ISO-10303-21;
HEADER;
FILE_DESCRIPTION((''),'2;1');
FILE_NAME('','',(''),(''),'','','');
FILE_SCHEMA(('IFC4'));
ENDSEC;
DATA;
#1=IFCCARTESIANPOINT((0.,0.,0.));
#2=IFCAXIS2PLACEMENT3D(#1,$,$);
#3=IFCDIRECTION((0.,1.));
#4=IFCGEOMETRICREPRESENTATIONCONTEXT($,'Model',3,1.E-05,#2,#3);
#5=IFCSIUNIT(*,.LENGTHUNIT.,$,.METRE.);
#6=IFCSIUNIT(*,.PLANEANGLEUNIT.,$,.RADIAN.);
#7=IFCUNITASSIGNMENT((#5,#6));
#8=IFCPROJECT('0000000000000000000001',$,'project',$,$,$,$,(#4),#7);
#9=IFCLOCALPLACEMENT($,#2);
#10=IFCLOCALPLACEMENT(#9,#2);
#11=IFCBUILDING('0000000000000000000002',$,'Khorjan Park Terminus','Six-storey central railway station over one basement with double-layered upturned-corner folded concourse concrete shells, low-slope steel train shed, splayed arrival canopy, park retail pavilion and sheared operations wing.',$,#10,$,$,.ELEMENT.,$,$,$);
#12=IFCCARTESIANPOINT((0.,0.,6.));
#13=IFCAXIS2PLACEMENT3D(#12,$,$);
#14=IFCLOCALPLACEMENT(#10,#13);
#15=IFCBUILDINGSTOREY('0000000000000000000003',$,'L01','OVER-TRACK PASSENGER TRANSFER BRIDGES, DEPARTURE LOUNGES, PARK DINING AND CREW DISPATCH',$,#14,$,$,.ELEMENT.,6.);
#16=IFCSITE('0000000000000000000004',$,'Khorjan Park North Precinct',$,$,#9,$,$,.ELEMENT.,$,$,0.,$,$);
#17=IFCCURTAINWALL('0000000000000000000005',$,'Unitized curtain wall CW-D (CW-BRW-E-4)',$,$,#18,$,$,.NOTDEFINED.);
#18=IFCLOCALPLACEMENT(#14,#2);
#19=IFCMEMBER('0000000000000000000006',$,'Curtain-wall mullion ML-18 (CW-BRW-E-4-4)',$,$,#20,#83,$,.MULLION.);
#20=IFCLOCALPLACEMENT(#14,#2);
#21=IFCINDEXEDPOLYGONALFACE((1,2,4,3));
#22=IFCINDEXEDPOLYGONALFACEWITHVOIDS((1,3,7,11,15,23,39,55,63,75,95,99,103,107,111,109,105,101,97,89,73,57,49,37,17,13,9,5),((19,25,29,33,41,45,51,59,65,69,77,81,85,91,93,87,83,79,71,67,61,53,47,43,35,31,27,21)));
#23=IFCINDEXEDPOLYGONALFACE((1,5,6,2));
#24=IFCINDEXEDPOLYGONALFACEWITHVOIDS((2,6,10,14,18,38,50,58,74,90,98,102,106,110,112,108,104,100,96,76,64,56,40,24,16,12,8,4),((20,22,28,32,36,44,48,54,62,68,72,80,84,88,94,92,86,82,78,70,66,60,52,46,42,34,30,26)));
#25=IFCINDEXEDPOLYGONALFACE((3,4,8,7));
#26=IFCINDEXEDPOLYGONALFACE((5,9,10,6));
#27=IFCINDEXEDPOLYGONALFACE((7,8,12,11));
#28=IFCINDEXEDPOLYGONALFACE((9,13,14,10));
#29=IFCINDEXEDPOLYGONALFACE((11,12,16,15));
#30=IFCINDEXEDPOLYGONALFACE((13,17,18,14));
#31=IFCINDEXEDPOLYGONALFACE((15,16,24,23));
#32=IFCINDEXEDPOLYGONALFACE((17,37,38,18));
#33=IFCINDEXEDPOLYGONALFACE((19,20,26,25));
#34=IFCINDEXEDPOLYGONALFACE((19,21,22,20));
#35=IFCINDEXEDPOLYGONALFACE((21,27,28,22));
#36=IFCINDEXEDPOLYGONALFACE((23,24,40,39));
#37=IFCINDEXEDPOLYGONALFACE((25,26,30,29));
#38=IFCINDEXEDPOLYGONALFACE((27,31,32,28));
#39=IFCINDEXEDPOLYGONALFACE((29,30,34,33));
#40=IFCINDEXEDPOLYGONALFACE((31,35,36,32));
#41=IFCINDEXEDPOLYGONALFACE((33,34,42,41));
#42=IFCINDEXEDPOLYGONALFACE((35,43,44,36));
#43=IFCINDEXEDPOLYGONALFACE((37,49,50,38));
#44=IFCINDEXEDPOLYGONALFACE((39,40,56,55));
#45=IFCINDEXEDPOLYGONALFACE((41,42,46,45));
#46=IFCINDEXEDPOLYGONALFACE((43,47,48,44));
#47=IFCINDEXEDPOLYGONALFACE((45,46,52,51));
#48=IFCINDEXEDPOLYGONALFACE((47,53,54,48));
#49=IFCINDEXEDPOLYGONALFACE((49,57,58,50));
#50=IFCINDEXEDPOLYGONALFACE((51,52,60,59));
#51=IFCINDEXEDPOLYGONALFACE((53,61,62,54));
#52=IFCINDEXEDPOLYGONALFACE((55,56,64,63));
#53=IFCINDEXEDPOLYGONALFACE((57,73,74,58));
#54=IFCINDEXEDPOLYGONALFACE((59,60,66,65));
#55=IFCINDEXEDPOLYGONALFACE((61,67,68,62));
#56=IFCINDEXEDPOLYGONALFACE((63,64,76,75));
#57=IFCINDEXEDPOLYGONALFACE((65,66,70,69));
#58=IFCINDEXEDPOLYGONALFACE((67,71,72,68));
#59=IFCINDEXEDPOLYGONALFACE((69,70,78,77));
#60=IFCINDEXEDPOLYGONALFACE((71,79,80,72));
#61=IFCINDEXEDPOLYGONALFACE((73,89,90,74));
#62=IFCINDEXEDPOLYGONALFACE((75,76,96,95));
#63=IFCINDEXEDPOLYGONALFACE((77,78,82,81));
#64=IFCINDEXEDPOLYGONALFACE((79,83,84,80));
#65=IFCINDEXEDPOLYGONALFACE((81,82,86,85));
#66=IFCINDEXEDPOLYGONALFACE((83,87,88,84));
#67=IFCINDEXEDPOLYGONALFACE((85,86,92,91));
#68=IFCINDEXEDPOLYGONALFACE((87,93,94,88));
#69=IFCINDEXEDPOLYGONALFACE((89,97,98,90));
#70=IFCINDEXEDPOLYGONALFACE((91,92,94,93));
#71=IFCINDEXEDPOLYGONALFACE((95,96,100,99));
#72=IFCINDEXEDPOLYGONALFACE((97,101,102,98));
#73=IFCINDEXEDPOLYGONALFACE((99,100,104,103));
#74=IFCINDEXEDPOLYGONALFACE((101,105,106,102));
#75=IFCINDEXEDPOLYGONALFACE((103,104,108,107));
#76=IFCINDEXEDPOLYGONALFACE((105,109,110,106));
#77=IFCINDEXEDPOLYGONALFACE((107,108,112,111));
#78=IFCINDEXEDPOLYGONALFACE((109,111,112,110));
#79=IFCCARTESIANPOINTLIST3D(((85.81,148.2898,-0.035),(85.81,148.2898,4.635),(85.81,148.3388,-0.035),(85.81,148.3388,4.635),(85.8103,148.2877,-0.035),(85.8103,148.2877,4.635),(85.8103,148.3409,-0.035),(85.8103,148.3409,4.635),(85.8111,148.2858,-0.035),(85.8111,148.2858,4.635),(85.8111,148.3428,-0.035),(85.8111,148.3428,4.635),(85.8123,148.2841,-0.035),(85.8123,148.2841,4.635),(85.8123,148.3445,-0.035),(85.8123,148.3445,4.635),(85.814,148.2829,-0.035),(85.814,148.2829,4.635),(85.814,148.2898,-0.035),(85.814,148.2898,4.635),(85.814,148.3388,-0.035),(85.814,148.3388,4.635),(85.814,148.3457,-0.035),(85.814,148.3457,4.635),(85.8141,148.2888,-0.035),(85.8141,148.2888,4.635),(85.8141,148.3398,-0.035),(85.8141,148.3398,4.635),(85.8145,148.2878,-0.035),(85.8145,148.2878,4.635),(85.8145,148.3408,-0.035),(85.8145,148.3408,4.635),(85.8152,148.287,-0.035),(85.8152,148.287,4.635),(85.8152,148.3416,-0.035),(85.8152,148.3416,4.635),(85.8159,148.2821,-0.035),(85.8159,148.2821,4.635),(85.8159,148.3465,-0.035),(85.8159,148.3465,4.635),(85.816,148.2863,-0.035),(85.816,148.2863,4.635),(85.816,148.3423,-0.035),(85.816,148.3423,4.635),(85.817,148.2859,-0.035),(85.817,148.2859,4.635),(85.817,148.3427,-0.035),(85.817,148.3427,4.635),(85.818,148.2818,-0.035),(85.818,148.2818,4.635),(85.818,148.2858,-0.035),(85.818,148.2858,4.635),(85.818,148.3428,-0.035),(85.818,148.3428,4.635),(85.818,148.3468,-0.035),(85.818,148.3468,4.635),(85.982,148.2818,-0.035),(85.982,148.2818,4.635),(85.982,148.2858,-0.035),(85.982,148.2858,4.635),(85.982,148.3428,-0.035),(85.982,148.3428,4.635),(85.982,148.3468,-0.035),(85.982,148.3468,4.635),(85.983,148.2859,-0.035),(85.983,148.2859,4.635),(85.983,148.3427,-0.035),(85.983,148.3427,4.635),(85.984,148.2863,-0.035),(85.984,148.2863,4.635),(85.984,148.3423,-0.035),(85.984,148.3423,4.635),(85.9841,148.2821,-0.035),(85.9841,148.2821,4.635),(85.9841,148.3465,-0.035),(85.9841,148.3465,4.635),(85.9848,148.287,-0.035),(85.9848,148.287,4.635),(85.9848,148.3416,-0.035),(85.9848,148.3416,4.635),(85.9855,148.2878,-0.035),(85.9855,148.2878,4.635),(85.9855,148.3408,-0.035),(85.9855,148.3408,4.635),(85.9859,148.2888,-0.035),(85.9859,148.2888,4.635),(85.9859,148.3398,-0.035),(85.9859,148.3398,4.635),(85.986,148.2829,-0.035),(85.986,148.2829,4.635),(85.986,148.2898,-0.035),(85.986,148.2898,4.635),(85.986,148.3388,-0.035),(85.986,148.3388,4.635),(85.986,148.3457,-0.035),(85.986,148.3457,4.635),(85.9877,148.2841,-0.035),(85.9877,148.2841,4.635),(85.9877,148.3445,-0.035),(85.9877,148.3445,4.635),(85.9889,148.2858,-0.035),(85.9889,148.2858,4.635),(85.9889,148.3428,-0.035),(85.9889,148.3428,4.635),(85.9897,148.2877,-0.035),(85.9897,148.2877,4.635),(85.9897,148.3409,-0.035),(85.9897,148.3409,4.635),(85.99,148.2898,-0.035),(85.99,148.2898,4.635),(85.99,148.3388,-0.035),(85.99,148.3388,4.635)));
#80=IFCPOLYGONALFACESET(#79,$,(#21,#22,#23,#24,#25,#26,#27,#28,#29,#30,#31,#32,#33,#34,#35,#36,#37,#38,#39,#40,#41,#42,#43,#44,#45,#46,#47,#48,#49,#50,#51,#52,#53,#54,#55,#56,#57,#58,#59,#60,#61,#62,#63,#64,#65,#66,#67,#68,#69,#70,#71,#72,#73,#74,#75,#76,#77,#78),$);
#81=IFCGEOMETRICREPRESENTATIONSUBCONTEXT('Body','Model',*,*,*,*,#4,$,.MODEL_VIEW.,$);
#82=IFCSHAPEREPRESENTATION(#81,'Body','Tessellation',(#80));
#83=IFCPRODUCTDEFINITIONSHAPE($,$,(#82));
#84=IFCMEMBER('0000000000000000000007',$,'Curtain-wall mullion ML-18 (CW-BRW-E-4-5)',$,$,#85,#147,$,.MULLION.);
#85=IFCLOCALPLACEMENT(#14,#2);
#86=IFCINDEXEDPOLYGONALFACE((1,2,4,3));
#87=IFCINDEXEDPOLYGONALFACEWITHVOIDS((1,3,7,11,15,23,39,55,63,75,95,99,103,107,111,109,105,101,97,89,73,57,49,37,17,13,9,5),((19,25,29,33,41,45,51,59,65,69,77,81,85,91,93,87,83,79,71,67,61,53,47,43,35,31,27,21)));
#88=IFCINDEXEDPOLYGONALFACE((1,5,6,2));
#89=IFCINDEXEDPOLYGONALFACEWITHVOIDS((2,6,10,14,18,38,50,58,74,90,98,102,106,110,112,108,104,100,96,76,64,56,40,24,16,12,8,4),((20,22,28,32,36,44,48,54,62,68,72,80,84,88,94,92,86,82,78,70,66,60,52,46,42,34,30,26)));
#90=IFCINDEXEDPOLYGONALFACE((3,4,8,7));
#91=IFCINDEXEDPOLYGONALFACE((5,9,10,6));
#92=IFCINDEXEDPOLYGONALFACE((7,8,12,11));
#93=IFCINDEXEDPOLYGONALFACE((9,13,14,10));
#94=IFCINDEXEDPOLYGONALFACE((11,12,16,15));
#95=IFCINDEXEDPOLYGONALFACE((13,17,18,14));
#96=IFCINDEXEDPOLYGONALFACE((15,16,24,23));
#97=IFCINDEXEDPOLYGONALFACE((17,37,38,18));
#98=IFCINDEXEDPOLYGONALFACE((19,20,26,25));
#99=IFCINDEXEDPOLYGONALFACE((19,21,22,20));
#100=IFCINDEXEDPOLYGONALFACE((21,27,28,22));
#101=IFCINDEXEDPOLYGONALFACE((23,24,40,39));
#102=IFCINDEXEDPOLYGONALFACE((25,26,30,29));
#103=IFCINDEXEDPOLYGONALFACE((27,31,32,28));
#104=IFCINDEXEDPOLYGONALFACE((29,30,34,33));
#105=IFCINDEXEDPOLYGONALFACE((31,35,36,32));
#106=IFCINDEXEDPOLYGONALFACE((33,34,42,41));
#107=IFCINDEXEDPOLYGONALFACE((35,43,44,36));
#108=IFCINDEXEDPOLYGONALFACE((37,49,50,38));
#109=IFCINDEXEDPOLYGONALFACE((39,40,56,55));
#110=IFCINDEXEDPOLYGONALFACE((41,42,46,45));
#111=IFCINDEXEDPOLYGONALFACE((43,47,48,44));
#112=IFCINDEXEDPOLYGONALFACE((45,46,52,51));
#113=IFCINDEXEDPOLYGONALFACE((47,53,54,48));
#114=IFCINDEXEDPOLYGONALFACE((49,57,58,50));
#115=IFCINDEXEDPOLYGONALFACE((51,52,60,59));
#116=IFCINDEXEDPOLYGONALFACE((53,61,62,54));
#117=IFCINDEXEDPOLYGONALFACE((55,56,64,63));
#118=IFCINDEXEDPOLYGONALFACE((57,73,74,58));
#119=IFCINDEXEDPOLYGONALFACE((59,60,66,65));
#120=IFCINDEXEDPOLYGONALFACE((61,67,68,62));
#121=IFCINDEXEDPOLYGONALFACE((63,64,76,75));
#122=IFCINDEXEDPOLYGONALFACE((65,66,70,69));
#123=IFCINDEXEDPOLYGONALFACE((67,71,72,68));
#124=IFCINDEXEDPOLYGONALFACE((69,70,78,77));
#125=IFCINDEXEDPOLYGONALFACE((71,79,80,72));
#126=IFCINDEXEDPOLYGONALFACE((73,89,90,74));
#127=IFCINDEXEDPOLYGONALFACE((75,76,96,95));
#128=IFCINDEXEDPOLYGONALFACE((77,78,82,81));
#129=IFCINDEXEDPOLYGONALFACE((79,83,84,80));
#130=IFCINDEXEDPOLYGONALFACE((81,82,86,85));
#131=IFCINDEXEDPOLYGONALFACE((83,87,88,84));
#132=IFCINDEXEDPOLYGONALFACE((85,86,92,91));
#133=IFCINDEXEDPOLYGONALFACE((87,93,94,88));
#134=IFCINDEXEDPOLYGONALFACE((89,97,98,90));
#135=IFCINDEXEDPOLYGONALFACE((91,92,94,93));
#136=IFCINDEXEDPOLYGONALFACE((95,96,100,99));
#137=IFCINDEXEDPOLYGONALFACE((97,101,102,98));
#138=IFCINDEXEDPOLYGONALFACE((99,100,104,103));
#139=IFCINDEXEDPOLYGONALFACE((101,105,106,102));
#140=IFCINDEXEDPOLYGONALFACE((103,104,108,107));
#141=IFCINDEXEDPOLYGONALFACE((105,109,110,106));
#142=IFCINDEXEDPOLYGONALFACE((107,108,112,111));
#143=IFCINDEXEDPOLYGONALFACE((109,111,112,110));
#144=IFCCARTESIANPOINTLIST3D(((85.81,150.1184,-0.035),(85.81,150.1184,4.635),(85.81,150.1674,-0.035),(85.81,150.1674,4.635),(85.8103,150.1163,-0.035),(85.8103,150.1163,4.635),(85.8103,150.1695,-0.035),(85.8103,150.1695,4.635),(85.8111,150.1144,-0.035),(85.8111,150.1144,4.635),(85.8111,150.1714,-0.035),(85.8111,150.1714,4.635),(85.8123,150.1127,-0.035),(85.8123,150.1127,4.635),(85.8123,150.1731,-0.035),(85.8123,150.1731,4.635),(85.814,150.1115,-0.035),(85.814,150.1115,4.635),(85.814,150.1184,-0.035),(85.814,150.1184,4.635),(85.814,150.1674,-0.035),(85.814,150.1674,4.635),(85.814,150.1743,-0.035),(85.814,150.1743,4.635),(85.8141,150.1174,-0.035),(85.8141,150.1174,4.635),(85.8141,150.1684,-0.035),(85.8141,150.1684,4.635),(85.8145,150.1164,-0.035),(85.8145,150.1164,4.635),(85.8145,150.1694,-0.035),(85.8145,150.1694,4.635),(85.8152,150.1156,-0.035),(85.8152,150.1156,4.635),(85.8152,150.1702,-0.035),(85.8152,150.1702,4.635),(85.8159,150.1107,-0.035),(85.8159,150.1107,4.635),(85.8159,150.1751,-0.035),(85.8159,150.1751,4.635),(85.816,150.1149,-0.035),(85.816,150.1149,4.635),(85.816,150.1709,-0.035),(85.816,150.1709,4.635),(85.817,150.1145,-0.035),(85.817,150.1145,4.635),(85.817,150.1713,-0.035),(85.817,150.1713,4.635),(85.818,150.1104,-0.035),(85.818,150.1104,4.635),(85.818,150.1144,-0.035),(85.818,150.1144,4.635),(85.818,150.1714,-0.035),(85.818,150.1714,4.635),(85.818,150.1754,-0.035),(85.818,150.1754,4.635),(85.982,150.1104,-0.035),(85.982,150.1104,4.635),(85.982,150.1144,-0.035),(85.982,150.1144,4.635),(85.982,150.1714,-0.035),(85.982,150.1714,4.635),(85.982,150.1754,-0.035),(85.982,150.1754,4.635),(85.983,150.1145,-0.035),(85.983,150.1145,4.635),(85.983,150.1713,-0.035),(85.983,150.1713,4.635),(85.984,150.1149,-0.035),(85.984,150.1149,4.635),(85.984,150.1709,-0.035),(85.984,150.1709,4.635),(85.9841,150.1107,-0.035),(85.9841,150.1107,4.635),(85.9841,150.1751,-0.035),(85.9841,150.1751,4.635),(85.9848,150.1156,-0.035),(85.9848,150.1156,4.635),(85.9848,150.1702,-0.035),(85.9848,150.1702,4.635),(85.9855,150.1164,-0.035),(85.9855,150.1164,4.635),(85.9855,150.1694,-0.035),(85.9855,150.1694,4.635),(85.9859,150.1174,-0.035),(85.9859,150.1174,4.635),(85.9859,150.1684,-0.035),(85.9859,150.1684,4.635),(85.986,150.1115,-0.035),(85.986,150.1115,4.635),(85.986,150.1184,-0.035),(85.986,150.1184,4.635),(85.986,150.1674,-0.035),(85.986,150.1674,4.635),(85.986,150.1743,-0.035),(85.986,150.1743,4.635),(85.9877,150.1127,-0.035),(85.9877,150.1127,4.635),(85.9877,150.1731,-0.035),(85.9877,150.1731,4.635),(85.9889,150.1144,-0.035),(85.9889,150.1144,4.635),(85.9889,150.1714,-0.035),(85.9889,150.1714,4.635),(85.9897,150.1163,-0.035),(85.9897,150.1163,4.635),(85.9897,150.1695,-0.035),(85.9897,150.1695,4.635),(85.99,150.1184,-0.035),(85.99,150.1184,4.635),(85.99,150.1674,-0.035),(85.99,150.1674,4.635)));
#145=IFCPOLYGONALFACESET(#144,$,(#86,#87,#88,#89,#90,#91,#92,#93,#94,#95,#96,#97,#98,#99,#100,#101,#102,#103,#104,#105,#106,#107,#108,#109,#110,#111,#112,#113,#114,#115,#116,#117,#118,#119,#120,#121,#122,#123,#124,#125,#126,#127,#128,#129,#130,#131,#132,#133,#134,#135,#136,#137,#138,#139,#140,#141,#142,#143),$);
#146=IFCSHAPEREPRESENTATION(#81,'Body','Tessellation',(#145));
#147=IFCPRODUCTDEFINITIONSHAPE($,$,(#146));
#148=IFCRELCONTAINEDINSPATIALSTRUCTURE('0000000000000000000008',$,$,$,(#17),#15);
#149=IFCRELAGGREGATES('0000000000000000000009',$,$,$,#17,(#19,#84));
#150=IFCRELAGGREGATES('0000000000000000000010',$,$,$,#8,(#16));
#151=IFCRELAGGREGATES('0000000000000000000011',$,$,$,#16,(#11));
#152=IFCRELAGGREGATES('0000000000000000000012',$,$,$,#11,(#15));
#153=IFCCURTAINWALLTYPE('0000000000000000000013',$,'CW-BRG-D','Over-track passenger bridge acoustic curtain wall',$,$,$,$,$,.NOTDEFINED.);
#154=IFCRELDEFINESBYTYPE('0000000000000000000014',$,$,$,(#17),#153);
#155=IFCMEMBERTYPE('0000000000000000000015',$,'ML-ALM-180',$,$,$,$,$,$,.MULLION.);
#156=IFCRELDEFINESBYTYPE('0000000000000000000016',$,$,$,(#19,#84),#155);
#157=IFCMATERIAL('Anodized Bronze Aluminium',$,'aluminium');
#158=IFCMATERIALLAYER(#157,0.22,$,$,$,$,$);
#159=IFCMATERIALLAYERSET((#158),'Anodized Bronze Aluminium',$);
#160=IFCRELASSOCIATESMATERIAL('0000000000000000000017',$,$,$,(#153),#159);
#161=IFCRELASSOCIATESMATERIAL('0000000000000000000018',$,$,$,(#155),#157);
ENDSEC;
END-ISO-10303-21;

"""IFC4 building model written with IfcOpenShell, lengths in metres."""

from ifc_helpers import new_model, si_unit, direction, frame, origin, origin_2d, place, context, subcontext, project, spatial, hollow_rectangle, extrude, material, layer, layer_set, material_profile, profile_set, type_object, element, aggregate, save


model = new_model("IFC4")

# Units and contexts
model_context = context("Model", 3, precision=1e-05, world=origin(), true_north=direction((0.0, 1.0)))
body_context = subcontext(model_context, "Body", "Model", "MODEL_VIEW")
ifc_project = project(units=[si_unit("LENGTHUNIT", "METRE"), si_unit("PLANEANGLEUNIT", "RADIAN")], contexts=[model_context])

# Site, building, storey
site_placement = place(None, origin())
site = spatial("IfcSite", under=ifc_project, at=site_placement, Name="Khorjan Park North Precinct", CompositionType="ELEMENT", RefElevation=0.0)
building_placement = place(site_placement, origin())
building = spatial("IfcBuilding", under=site, at=building_placement, Name="Khorjan Park Terminus", Description="Six-storey central railway station over one basement with double-layered upturned-corner folded concourse concrete shells, low-slope steel train shed, splayed arrival canopy, park retail pavilion and sheared operations wing.", CompositionType="ELEMENT")
storey_placement = place(building_placement, frame((0.0, 0.0, 6.0)))
storey = spatial("IfcBuildingStorey", under=building, at=storey_placement, Name="L01", Description="OVER-TRACK PASSENGER TRANSFER BRIDGES, DEPARTURE LOUNGES, PARK DINING AND CREW DISPATCH", CompositionType="ELEMENT", Elevation=6.0)

# Curtain wall, members
ifc_material_1 = material(Name="Anodized Bronze Aluminium", Category="aluminium")
ifc_layer_1 = layer(ifc_material_1, 0.22)
ifc_layer_set_1 = layer_set([ifc_layer_1], Name="Anodized Bronze Aluminium")
curtain_wall_type = type_object("IfcCurtainWallType", Name="CW-BRG-D", Description="Over-track passenger bridge acoustic curtain wall", PredefinedType="NOTDEFINED", material=ifc_layer_set_1)
curtain_wall_placement = place(storey_placement, origin())
curtain_wall = element("IfcCurtainWall", 1, at=curtain_wall_placement, inside=storey, type_object=curtain_wall_type, Name="Unitized curtain wall CW-D (CW-BRW-E-4)", PredefinedType="NOTDEFINED")
ifc_material_profile_1 = material_profile(ifc_material_1, hollow_rectangle(XDim=0.065, YDim=0.18, WallThickness=0.004, InnerFilletRadius=0.004, OuterFilletRadius=0.008, at=origin_2d()), Name="ALM 65x180x4")
ifc_profile_set_1 = profile_set([ifc_material_profile_1], Name="Anodized Bronze Aluminium")
member_type_1 = type_object("IfcMemberType", Name="ML-ALM-180", PredefinedType="MULLION", material=ifc_profile_set_1)
member_1_placement = place(storey_placement, frame((85.9, 148.3143, -0.035), z_axis=(0.0, 0.0, 1.0), x_axis=(0.0, 1.0, 0.0)))
member_1 = element("IfcMember", 2, at=member_1_placement, type_object=member_type_1, Name="Curtain-wall mullion ML-18 (CW-BRW-E-4-4)", PredefinedType="MULLION", context=body_context, shape_type="SweptSolid", body=[
    extrude(hollow_rectangle(XDim=0.065, YDim=0.18, WallThickness=0.004, InnerFilletRadius=0.004, OuterFilletRadius=0.008, at=origin_2d()), origin(), (0.0, 0.0, 1.0), 4.67),
])
member_2_placement = place(storey_placement, frame((85.9, 150.1429, -0.035), z_axis=(0.0, 0.0, 1.0), x_axis=(0.0, 1.0, 0.0)))
member_2 = element("IfcMember", 3, at=member_2_placement, type_object=member_type_1, Name="Curtain-wall mullion ML-18 (CW-BRW-E-4-5)", PredefinedType="MULLION", context=body_context, shape_type="SweptSolid", body=[
    extrude(hollow_rectangle(XDim=0.065, YDim=0.18, WallThickness=0.004, InnerFilletRadius=0.004, OuterFilletRadius=0.008, at=origin_2d()), origin(), (0.0, 0.0, 1.0), 4.67),
])
aggregate(curtain_wall, [member_1, member_2])

save(model, "model.ifc")
